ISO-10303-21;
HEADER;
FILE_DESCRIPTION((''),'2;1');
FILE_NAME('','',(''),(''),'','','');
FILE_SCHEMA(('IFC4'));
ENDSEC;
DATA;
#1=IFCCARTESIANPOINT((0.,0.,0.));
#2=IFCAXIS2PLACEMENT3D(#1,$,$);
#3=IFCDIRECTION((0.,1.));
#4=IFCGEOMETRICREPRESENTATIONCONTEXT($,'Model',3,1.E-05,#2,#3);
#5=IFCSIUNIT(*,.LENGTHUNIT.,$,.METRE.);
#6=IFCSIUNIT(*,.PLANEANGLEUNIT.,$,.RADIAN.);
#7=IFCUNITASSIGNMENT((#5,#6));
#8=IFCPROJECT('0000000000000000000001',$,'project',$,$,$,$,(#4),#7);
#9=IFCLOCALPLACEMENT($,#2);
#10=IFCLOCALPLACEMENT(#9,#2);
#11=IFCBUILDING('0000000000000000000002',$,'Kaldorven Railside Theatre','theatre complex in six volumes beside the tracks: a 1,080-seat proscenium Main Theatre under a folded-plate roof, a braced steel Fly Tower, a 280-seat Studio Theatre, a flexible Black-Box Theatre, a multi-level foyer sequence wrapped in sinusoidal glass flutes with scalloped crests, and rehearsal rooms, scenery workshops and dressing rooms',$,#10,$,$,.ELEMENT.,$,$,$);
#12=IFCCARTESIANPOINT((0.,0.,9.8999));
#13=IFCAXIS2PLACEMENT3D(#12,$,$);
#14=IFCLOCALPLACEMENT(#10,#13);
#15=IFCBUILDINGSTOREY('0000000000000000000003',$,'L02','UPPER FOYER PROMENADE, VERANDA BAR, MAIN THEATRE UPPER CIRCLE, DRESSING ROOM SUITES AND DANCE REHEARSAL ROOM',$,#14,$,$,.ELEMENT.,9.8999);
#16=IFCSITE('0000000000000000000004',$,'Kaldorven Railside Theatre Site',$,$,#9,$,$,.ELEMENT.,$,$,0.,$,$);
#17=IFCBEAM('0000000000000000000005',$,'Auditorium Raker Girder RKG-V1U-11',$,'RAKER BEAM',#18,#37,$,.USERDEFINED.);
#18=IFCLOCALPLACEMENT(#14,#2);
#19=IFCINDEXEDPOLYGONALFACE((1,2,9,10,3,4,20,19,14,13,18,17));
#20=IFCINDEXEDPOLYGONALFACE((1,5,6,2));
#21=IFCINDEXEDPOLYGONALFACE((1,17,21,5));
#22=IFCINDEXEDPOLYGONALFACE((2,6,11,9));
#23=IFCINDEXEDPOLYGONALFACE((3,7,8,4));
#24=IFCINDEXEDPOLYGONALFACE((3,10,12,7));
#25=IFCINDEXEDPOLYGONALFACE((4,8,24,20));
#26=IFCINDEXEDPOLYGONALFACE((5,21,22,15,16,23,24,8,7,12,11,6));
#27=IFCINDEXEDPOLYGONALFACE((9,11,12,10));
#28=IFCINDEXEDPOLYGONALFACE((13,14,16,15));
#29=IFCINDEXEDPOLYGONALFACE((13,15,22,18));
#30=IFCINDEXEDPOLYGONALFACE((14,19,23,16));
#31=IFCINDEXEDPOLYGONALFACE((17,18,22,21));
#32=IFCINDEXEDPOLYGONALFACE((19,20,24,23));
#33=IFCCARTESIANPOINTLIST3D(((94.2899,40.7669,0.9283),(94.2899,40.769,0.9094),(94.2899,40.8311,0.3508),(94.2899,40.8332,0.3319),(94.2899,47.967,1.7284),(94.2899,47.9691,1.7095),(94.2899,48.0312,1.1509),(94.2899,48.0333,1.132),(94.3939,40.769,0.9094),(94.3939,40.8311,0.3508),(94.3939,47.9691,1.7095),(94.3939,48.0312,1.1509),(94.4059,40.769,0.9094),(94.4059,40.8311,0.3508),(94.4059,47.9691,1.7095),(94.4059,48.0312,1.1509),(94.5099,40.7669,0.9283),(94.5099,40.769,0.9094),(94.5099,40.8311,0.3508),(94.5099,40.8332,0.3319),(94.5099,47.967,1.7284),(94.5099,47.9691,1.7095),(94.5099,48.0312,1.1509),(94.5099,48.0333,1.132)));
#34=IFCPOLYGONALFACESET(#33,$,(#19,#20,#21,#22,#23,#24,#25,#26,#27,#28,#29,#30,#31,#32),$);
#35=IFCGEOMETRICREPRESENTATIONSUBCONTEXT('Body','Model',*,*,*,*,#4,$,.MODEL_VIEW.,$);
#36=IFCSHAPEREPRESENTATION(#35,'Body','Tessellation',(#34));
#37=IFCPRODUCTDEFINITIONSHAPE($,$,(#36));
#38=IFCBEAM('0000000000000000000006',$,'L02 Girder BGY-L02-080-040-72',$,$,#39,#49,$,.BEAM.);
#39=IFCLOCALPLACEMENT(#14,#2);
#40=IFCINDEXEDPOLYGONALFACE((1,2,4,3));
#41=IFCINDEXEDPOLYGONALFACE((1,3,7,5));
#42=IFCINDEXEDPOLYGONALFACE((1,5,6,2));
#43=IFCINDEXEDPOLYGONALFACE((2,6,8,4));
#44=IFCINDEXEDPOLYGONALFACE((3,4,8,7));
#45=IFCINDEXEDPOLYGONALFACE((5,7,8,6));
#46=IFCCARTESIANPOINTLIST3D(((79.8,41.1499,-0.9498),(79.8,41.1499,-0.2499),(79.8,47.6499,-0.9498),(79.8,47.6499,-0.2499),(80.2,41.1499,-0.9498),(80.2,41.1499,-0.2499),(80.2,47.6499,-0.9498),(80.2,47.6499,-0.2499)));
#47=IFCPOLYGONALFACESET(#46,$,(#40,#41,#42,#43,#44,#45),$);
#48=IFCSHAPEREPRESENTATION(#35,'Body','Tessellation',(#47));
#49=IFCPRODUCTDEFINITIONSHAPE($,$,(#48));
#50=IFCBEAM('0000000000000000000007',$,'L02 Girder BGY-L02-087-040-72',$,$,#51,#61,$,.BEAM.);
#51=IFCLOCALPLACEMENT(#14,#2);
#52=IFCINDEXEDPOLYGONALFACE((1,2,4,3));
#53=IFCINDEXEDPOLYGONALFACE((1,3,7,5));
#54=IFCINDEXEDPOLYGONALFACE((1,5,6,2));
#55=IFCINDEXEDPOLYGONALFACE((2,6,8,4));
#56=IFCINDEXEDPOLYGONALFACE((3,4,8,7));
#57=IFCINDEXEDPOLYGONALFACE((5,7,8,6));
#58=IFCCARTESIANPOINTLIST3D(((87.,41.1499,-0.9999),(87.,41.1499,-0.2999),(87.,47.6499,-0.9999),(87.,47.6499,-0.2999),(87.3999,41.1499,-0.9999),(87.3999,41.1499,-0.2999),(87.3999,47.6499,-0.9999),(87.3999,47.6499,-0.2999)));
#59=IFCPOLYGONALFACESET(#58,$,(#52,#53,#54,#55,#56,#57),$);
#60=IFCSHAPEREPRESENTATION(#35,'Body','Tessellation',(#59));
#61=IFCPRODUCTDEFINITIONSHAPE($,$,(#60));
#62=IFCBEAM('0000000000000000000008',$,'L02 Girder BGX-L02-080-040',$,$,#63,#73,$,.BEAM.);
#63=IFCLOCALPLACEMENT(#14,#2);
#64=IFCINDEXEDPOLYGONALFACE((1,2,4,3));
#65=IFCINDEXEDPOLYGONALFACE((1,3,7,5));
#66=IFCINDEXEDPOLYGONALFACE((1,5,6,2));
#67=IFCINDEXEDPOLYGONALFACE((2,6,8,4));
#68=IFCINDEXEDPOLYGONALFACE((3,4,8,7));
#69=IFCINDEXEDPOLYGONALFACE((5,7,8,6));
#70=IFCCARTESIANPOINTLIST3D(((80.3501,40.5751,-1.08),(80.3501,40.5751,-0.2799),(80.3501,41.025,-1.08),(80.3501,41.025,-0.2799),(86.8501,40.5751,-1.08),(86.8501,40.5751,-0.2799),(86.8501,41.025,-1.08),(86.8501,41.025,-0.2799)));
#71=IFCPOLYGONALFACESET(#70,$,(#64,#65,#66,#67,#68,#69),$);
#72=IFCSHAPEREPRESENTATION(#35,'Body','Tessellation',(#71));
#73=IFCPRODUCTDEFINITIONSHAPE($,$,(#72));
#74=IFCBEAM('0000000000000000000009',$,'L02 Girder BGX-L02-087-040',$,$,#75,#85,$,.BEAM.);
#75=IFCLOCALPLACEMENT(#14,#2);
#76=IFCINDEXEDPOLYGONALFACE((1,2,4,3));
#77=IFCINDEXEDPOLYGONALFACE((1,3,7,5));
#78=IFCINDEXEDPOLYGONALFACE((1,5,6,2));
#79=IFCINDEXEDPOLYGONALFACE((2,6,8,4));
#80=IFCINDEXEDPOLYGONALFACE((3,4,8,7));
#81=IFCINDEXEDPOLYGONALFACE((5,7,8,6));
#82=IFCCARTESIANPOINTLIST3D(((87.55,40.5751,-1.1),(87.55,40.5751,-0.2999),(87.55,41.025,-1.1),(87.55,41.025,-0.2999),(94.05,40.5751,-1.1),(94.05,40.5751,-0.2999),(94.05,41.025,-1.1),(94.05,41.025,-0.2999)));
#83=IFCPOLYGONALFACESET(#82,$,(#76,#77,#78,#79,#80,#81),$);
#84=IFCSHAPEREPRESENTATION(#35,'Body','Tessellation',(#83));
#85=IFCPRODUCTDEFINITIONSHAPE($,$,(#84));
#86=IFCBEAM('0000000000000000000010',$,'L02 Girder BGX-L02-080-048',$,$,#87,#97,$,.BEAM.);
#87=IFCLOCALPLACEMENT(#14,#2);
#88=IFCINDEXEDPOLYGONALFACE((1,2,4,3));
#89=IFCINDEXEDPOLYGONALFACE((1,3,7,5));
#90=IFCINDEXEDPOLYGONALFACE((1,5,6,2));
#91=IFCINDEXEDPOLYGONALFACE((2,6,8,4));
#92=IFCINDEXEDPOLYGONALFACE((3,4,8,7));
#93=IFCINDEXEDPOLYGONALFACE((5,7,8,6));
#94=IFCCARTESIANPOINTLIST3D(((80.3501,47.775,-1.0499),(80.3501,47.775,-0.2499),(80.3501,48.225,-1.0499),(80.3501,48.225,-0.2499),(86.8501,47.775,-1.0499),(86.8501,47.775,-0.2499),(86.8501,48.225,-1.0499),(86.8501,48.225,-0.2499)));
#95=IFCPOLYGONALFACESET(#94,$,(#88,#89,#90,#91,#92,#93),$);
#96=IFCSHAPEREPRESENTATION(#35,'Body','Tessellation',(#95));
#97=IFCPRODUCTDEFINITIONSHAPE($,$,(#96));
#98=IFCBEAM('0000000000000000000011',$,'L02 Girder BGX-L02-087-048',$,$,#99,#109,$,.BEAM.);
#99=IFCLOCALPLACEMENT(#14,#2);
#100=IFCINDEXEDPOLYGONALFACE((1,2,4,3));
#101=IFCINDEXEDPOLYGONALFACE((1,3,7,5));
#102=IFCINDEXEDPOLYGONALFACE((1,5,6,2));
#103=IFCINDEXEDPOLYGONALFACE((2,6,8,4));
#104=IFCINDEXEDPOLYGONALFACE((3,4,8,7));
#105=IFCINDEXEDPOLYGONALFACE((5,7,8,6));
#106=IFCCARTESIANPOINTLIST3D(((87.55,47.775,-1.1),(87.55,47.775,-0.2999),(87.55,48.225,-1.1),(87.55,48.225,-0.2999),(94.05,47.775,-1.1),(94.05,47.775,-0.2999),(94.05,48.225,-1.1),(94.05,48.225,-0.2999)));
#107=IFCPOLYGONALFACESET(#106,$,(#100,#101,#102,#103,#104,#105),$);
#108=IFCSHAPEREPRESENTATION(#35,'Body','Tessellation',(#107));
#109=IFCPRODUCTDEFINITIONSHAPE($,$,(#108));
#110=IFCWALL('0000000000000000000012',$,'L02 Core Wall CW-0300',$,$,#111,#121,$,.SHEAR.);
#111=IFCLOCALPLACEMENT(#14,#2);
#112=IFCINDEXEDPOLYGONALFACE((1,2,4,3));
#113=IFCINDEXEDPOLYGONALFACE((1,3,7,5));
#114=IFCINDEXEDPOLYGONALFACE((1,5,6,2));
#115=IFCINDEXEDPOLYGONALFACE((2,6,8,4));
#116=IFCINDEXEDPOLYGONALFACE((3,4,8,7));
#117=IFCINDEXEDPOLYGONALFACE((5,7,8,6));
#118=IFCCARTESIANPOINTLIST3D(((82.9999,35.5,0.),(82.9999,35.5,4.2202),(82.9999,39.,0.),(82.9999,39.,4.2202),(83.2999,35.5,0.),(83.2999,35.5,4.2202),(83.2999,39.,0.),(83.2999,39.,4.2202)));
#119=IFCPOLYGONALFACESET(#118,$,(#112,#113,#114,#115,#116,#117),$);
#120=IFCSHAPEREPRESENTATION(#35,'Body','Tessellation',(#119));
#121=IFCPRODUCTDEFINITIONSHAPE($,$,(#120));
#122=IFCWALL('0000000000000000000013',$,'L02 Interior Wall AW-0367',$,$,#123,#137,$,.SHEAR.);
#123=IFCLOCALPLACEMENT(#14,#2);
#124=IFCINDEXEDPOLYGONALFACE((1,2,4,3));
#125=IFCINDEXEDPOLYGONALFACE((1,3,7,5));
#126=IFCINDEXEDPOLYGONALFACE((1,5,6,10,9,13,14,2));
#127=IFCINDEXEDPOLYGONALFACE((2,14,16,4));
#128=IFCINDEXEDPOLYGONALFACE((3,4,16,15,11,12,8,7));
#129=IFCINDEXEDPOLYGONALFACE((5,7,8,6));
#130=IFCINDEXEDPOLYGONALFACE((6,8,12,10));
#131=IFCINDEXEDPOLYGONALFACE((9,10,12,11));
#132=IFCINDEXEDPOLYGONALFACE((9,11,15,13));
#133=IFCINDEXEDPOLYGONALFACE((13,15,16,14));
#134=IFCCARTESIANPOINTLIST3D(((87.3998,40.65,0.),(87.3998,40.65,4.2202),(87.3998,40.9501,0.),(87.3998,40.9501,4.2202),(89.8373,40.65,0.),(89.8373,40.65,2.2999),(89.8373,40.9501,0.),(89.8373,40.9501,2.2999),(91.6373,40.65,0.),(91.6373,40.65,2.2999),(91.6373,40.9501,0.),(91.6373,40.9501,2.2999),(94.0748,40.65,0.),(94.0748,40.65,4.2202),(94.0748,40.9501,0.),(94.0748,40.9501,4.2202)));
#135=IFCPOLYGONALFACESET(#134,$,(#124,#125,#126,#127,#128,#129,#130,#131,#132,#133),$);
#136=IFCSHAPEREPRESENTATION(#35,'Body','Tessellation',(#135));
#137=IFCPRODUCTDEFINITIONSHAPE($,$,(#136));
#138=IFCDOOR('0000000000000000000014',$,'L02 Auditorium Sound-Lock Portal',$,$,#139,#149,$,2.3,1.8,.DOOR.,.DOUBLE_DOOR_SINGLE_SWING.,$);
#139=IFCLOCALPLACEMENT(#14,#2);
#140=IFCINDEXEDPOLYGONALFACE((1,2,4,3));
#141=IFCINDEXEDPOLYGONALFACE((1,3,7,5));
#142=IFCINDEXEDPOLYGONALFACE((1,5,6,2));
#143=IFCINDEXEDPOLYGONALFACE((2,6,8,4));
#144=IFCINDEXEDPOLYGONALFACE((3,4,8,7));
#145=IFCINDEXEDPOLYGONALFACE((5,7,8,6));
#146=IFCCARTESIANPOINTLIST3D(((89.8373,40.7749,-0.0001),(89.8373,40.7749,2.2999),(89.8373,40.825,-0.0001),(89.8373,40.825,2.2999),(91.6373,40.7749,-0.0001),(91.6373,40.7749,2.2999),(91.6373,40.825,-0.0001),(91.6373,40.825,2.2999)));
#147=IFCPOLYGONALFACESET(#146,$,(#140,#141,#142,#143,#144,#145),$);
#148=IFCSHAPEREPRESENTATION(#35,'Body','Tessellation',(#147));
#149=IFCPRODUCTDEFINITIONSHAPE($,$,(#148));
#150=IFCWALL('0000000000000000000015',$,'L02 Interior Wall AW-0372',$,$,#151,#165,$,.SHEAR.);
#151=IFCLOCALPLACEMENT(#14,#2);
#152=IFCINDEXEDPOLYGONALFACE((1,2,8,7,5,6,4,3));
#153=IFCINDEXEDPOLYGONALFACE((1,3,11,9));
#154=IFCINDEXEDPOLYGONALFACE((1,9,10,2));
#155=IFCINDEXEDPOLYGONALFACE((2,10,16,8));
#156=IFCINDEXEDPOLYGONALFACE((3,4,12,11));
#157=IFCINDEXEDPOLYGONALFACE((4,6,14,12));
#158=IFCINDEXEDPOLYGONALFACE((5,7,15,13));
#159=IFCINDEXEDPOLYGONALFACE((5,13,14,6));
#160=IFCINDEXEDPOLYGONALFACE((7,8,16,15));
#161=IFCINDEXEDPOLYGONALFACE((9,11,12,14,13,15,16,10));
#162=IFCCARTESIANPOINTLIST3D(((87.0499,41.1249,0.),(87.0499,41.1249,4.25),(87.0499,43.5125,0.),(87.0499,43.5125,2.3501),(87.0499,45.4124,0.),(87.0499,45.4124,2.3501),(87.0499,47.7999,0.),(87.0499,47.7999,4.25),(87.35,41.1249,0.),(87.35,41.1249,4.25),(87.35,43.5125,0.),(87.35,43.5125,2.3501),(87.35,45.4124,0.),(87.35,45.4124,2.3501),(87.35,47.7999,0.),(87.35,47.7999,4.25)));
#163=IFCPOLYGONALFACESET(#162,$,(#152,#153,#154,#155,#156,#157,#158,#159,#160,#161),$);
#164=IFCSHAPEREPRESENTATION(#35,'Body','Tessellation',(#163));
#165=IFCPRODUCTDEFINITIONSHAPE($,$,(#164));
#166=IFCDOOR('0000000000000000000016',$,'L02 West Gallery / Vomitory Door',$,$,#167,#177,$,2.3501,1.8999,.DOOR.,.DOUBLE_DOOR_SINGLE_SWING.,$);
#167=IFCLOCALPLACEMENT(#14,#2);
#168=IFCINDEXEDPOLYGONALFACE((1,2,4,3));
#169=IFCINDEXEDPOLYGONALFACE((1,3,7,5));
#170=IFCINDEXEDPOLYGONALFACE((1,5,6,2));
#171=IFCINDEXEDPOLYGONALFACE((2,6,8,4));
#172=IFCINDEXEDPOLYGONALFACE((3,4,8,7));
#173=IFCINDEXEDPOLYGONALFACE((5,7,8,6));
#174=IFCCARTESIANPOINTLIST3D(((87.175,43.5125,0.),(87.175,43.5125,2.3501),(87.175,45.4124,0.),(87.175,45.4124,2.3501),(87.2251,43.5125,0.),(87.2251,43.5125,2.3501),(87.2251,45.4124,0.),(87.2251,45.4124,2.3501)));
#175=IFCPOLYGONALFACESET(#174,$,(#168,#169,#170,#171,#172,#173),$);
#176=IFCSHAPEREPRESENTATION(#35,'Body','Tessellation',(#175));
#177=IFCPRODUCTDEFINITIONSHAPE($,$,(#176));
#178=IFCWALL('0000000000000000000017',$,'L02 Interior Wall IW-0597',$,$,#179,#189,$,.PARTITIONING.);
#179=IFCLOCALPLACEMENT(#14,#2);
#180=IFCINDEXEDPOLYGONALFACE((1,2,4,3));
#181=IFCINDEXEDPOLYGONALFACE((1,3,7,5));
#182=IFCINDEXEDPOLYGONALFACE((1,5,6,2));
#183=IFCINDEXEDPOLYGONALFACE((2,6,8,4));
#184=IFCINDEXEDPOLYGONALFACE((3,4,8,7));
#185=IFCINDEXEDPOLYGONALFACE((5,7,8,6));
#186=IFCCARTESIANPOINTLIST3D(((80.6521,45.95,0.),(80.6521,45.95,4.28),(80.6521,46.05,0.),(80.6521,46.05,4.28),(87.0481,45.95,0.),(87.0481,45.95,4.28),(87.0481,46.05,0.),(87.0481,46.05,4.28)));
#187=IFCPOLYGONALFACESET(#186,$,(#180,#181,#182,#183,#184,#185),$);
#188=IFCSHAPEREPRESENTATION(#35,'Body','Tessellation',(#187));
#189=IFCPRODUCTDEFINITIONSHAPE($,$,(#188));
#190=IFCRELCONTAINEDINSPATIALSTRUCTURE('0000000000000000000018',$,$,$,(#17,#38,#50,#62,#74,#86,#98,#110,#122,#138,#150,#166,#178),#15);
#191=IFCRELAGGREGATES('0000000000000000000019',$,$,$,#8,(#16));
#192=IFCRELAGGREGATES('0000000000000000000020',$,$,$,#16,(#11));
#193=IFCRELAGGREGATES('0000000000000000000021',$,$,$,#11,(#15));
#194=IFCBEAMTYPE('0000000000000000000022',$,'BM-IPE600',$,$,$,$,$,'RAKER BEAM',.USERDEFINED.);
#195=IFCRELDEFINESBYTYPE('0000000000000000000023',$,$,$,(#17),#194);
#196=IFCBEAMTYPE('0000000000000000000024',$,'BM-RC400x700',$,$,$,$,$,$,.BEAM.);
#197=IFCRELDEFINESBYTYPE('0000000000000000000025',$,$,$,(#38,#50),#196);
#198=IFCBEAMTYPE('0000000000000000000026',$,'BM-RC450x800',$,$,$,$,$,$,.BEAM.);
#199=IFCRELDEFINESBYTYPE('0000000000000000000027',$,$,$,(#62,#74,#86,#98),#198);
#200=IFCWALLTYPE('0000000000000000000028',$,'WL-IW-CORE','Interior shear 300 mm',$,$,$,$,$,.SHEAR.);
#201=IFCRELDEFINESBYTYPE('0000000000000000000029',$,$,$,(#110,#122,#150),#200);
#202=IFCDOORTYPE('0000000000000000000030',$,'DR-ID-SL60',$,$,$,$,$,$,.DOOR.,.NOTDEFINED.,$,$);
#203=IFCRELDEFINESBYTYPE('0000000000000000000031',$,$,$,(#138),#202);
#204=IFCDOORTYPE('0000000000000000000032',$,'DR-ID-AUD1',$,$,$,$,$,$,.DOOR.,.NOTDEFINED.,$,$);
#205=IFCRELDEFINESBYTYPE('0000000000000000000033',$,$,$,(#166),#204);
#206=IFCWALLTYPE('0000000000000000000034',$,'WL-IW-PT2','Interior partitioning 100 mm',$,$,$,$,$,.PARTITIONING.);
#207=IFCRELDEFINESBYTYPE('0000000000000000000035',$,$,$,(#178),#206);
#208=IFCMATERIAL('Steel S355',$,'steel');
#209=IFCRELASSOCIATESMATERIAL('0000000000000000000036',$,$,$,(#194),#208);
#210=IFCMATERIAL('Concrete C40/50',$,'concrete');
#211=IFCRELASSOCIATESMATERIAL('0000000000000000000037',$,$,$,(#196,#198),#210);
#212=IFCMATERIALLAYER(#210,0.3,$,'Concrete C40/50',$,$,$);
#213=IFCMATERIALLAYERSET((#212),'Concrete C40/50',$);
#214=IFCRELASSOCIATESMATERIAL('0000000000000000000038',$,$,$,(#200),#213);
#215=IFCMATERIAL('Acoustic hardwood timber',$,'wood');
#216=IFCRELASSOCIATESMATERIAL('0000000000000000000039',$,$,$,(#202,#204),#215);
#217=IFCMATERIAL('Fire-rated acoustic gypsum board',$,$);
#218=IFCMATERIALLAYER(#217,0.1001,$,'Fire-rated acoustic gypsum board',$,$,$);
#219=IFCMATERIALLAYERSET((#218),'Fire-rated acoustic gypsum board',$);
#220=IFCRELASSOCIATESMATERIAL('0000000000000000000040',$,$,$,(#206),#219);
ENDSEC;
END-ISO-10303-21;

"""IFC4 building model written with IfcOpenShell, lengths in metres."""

from ifc_helpers import new_model, si_unit, direction, frame, frame_2d, origin, origin_2d, place, context, subcontext, project, spatial, rectangle, i_section, extrude, material, layer, layer_set, material_profile, profile_set, type_object, element, fill, save


model = new_model("IFC4")

# Units and contexts
model_context = context("Model", 3, precision=1e-05, world=origin(), true_north=direction((0.0, 1.0)))
body_context = subcontext(model_context, "Body", "Model", "MODEL_VIEW")
ifc_project = project(units=[si_unit("LENGTHUNIT", "METRE"), si_unit("PLANEANGLEUNIT", "RADIAN")], contexts=[model_context])

# Site, building, storey
site_placement = place(None, origin())
site = spatial("IfcSite", under=ifc_project, at=site_placement, Name="Kaldorven Railside Theatre Site", CompositionType="ELEMENT", RefElevation=0.0)
building_placement = place(site_placement, origin())
building = spatial("IfcBuilding", under=site, at=building_placement, Name="Kaldorven Railside Theatre", Description="theatre complex in six volumes beside the tracks: a 1,080-seat proscenium Main Theatre under a folded-plate roof, a braced steel Fly Tower, a 280-seat Studio Theatre, a flexible Black-Box Theatre, a multi-level foyer sequence wrapped in sinusoidal glass flutes with scalloped crests, and rehearsal rooms, scenery workshops and dressing rooms", CompositionType="ELEMENT")
storey_placement = place(building_placement, frame((0.0, 0.0, 9.8999)))
storey = spatial("IfcBuildingStorey", under=building, at=storey_placement, Name="L02", Description="UPPER FOYER PROMENADE, VERANDA BAR, MAIN THEATRE UPPER CIRCLE, DRESSING ROOM SUITES AND DANCE REHEARSAL ROOM", CompositionType="ELEMENT", Elevation=9.8999)

# Shared definitions
ifc_material_1 = material(Name="Concrete C40/50", Category="concrete")

# Beams
ifc_material_2 = material(Name="Steel S355", Category="steel")
ifc_material_profile_1 = material_profile(ifc_material_2, i_section(OverallWidth=0.22, OverallDepth=0.6001, WebThickness=0.012, FlangeThickness=0.019, at=origin_2d()), Name="IPE 600")
ifc_profile_set_1 = profile_set([ifc_material_profile_1], Name="Steel S355")
beam_type_1 = type_object("IfcBeamType", Name="BM-IPE600", ElementType="RAKER BEAM", PredefinedType="USERDEFINED", material=ifc_profile_set_1)
beam_placement = place(storey_placement, frame((94.3999, 40.8, 0.6301), z_axis=(0.0, 0.993883, 0.110439), x_axis=(-1.0, 0.0, 0.0)))
element("IfcBeam", 1, at=beam_placement, inside=storey, type_object=beam_type_1, Name="Auditorium Raker Girder RKG-V1U-11", ObjectType="RAKER BEAM", PredefinedType="USERDEFINED", context=body_context, shape_type="SweptSolid", body=[
    extrude(i_section(OverallWidth=0.22, OverallDepth=0.6001, WebThickness=0.012, FlangeThickness=0.019, at=origin_2d()), origin(), (0.0, 0.0, 1.0), 7.2444),
])
ifc_material_profile_2 = material_profile(ifc_material_1, rectangle(XDim=0.3999, YDim=0.7, at=origin_2d()), Name="RC 400x700")
ifc_profile_set_2 = profile_set([ifc_material_profile_2], Name="Concrete C40/50")
beam_type_2 = type_object("IfcBeamType", Name="BM-RC400x700", PredefinedType="BEAM", material=ifc_profile_set_2)
for number, where, z_axis, x_axis, name in (
    (2, (80.0, 41.1499, -0.5999), (0.0, 1.0, 0.0), (-1.0, 0.0, 0.0), "L02 Girder BGY-L02-080-040-72"),
    (3, (87.2, 41.1499, -0.6499), (0.0, 1.0, 0.0), (-1.0, 0.0, 0.0), "L02 Girder BGY-L02-087-040-72"),
):
    element("IfcBeam", number, at=place(storey_placement, frame(where, z_axis=z_axis, x_axis=x_axis)), inside=storey, type_object=beam_type_2, Name=name, PredefinedType="BEAM", context=body_context, shape_type="SweptSolid", body=[
        extrude(rectangle(XDim=0.3999, YDim=0.7, at=origin_2d()), origin(), (0.0, 0.0, 1.0), 6.5),
    ])
ifc_material_profile_3 = material_profile(ifc_material_1, rectangle(XDim=0.45, YDim=0.8, at=origin_2d()), Name="RC 450x800")
ifc_profile_set_3 = profile_set([ifc_material_profile_3], Name="Concrete C40/50")
beam_type_3 = type_object("IfcBeamType", Name="BM-RC450x800", PredefinedType="BEAM", material=ifc_profile_set_3)
for number, where, z_axis, x_axis, name in (
    (4, (80.3501, 40.8, -0.6799), (1.0, 0.0, 0.0), (0.0, 1.0, 0.0), "L02 Girder BGX-L02-080-040"),
    (5, (87.55, 40.8, -0.7), (1.0, 0.0, 0.0), (0.0, 1.0, 0.0), "L02 Girder BGX-L02-087-040"),
    (6, (80.3501, 48.0, -0.6499), (1.0, 0.0, 0.0), (0.0, 1.0, 0.0), "L02 Girder BGX-L02-080-048"),
    (7, (87.55, 48.0, -0.7), (1.0, 0.0, 0.0), (0.0, 1.0, 0.0), "L02 Girder BGX-L02-087-048"),
):
    element("IfcBeam", number, at=place(storey_placement, frame(where, z_axis=z_axis, x_axis=x_axis)), inside=storey, type_object=beam_type_3, Name=name, PredefinedType="BEAM", context=body_context, shape_type="SweptSolid", body=[
        extrude(rectangle(XDim=0.45, YDim=0.8, at=origin_2d()), origin(), (0.0, 0.0, 1.0), 6.5),
    ])

# Wall
ifc_layer_1 = layer(ifc_material_1, 0.3, Name="Concrete C40/50")
ifc_layer_set_1 = layer_set([ifc_layer_1], Name="Concrete C40/50")
wall_type_1 = type_object("IfcWallType", Name="WL-IW-CORE", Description="Interior shear 300 mm", PredefinedType="SHEAR", material=ifc_layer_set_1)
wall_1_placement = place(storey_placement, frame((83.1499, 39.0, 0.0), z_axis=(0.0, 0.0, 1.0), x_axis=(0.0, -1.0, 0.0)))
element("IfcWall", 8, at=wall_1_placement, inside=storey, type_object=wall_type_1, Name="L02 Core Wall CW-0300", PredefinedType="SHEAR", context=body_context, shape_type="SweptSolid", body=[
    extrude(rectangle(XDim=3.5, YDim=0.3, at=frame_2d((1.75, 0.0))), origin(), (0.0, 0.0, 1.0), 4.2202),
])

# Walls, openings, doors
wall_2_placement = place(storey_placement, frame((87.3999, 40.8, 0.0), z_axis=(0.0, 0.0, 1.0), x_axis=(1.0, 0.0, 0.0)))
wall_2 = element("IfcWall", 9, at=wall_2_placement, inside=storey, type_object=wall_type_1, Name="L02 Interior Wall AW-0367", PredefinedType="SHEAR", context=body_context, shape_type="SweptSolid", body=[
    extrude(rectangle(XDim=6.675, YDim=0.3, at=frame_2d((3.3374, 0.0))), origin(), (0.0, 0.0, 1.0), 4.2202),
])
opening_1_placement = place(wall_2_placement, frame((2.4375, 0.0, 0.0)))
opening_1 = element("IfcOpeningElement", 10, at=opening_1_placement, cuts=wall_2, PredefinedType="OPENING", context=body_context, shape_type="SweptSolid", body=[
    extrude(rectangle(XDim=1.8, YDim=2.3, at=frame_2d((0.8999, 1.1499))), frame((0.0, 0.1602, 0.0), z_axis=(0.0, -1.0, 0.0), x_axis=(1.0, 0.0, 0.0)), (0.0, 0.0, 1.0), 0.3201),
])
ifc_material_3 = material(Name="Acoustic hardwood timber", Category="wood")
door_type_1 = type_object("IfcDoorType", Name="DR-ID-SL60", OperationType="NOTDEFINED", PredefinedType="DOOR", material=ifc_material_3)
door_1_placement = place(opening_1_placement, origin())
door_1 = element("IfcDoor", 11, at=door_1_placement, inside=storey, type_object=door_type_1, Name="L02 Auditorium Sound-Lock Portal", OperationType="DOUBLE_DOOR_SINGLE_SWING", OverallHeight=2.3, OverallWidth=1.8, PredefinedType="DOOR", context=body_context, shape_type="SweptSolid", body=[
    extrude(rectangle(XDim=1.8, YDim=2.3, at=frame_2d((0.8999, 1.1499))), frame((0.0, 0.0249, 0.0), z_axis=(0.0, -1.0, 0.0), x_axis=(1.0, 0.0, 0.0)), (0.0, 0.0, 1.0), 0.05),
])
fill(opening_1, door_1)
wall_3_placement = place(storey_placement, frame((87.2, 41.125, 0.0), z_axis=(0.0, 0.0, 1.0), x_axis=(0.0, 1.0, 0.0)))
wall_3 = element("IfcWall", 12, at=wall_3_placement, inside=storey, type_object=wall_type_1, Name="L02 Interior Wall AW-0372", PredefinedType="SHEAR", context=body_context, shape_type="SweptSolid", body=[
    extrude(rectangle(XDim=6.675, YDim=0.3, at=frame_2d((3.3374, 0.0))), origin(), (0.0, 0.0, 1.0), 4.25),
])
opening_2_placement = place(wall_3_placement, frame((2.3875, 0.0, 0.0)))
opening_2 = element("IfcOpeningElement", 13, at=opening_2_placement, cuts=wall_3, PredefinedType="OPENING", context=body_context, shape_type="SweptSolid", body=[
    extrude(rectangle(XDim=1.8999, YDim=2.3501, at=frame_2d((0.95, 1.175))), frame((0.0, 0.1602, 0.0), z_axis=(0.0, -1.0, 0.0), x_axis=(1.0, 0.0, 0.0)), (0.0, 0.0, 1.0), 0.3201),
])
door_type_2 = type_object("IfcDoorType", Name="DR-ID-AUD1", OperationType="NOTDEFINED", PredefinedType="DOOR", material=ifc_material_3)
door_2_placement = place(opening_2_placement, origin())
door_2 = element("IfcDoor", 14, at=door_2_placement, inside=storey, type_object=door_type_2, Name="L02 West Gallery / Vomitory Door", OperationType="DOUBLE_DOOR_SINGLE_SWING", OverallHeight=2.3501, OverallWidth=1.8999, PredefinedType="DOOR", context=body_context, shape_type="SweptSolid", body=[
    extrude(rectangle(XDim=1.8999, YDim=2.3501, at=frame_2d((0.95, 1.175))), frame((0.0, 0.0249, 0.0), z_axis=(0.0, -1.0, 0.0), x_axis=(1.0, 0.0, 0.0)), (0.0, 0.0, 1.0), 0.05),
])
fill(opening_2, door_2)

# Wall
ifc_material_4 = material(Name="Fire-rated acoustic gypsum board")
ifc_layer_2 = layer(ifc_material_4, 0.1001, Name="Fire-rated acoustic gypsum board")
ifc_layer_set_2 = layer_set([ifc_layer_2], Name="Fire-rated acoustic gypsum board")
wall_type_2 = type_object("IfcWallType", Name="WL-IW-PT2", Description="Interior partitioning 100 mm", PredefinedType="PARTITIONING", material=ifc_layer_set_2)
wall_4_placement = place(storey_placement, frame((80.6521, 46.0, 0.0), z_axis=(0.0, 0.0, 1.0), x_axis=(1.0, 0.0, 0.0)))
element("IfcWall", 15, at=wall_4_placement, inside=storey, type_object=wall_type_2, Name="L02 Interior Wall IW-0597", PredefinedType="PARTITIONING", context=body_context, shape_type="SweptSolid", body=[
    extrude(rectangle(XDim=6.396, YDim=0.1001, at=frame_2d((3.198, 0.0))), origin(), (0.0, 0.0, 1.0), 4.28),
])

save(model, "model.ifc")
